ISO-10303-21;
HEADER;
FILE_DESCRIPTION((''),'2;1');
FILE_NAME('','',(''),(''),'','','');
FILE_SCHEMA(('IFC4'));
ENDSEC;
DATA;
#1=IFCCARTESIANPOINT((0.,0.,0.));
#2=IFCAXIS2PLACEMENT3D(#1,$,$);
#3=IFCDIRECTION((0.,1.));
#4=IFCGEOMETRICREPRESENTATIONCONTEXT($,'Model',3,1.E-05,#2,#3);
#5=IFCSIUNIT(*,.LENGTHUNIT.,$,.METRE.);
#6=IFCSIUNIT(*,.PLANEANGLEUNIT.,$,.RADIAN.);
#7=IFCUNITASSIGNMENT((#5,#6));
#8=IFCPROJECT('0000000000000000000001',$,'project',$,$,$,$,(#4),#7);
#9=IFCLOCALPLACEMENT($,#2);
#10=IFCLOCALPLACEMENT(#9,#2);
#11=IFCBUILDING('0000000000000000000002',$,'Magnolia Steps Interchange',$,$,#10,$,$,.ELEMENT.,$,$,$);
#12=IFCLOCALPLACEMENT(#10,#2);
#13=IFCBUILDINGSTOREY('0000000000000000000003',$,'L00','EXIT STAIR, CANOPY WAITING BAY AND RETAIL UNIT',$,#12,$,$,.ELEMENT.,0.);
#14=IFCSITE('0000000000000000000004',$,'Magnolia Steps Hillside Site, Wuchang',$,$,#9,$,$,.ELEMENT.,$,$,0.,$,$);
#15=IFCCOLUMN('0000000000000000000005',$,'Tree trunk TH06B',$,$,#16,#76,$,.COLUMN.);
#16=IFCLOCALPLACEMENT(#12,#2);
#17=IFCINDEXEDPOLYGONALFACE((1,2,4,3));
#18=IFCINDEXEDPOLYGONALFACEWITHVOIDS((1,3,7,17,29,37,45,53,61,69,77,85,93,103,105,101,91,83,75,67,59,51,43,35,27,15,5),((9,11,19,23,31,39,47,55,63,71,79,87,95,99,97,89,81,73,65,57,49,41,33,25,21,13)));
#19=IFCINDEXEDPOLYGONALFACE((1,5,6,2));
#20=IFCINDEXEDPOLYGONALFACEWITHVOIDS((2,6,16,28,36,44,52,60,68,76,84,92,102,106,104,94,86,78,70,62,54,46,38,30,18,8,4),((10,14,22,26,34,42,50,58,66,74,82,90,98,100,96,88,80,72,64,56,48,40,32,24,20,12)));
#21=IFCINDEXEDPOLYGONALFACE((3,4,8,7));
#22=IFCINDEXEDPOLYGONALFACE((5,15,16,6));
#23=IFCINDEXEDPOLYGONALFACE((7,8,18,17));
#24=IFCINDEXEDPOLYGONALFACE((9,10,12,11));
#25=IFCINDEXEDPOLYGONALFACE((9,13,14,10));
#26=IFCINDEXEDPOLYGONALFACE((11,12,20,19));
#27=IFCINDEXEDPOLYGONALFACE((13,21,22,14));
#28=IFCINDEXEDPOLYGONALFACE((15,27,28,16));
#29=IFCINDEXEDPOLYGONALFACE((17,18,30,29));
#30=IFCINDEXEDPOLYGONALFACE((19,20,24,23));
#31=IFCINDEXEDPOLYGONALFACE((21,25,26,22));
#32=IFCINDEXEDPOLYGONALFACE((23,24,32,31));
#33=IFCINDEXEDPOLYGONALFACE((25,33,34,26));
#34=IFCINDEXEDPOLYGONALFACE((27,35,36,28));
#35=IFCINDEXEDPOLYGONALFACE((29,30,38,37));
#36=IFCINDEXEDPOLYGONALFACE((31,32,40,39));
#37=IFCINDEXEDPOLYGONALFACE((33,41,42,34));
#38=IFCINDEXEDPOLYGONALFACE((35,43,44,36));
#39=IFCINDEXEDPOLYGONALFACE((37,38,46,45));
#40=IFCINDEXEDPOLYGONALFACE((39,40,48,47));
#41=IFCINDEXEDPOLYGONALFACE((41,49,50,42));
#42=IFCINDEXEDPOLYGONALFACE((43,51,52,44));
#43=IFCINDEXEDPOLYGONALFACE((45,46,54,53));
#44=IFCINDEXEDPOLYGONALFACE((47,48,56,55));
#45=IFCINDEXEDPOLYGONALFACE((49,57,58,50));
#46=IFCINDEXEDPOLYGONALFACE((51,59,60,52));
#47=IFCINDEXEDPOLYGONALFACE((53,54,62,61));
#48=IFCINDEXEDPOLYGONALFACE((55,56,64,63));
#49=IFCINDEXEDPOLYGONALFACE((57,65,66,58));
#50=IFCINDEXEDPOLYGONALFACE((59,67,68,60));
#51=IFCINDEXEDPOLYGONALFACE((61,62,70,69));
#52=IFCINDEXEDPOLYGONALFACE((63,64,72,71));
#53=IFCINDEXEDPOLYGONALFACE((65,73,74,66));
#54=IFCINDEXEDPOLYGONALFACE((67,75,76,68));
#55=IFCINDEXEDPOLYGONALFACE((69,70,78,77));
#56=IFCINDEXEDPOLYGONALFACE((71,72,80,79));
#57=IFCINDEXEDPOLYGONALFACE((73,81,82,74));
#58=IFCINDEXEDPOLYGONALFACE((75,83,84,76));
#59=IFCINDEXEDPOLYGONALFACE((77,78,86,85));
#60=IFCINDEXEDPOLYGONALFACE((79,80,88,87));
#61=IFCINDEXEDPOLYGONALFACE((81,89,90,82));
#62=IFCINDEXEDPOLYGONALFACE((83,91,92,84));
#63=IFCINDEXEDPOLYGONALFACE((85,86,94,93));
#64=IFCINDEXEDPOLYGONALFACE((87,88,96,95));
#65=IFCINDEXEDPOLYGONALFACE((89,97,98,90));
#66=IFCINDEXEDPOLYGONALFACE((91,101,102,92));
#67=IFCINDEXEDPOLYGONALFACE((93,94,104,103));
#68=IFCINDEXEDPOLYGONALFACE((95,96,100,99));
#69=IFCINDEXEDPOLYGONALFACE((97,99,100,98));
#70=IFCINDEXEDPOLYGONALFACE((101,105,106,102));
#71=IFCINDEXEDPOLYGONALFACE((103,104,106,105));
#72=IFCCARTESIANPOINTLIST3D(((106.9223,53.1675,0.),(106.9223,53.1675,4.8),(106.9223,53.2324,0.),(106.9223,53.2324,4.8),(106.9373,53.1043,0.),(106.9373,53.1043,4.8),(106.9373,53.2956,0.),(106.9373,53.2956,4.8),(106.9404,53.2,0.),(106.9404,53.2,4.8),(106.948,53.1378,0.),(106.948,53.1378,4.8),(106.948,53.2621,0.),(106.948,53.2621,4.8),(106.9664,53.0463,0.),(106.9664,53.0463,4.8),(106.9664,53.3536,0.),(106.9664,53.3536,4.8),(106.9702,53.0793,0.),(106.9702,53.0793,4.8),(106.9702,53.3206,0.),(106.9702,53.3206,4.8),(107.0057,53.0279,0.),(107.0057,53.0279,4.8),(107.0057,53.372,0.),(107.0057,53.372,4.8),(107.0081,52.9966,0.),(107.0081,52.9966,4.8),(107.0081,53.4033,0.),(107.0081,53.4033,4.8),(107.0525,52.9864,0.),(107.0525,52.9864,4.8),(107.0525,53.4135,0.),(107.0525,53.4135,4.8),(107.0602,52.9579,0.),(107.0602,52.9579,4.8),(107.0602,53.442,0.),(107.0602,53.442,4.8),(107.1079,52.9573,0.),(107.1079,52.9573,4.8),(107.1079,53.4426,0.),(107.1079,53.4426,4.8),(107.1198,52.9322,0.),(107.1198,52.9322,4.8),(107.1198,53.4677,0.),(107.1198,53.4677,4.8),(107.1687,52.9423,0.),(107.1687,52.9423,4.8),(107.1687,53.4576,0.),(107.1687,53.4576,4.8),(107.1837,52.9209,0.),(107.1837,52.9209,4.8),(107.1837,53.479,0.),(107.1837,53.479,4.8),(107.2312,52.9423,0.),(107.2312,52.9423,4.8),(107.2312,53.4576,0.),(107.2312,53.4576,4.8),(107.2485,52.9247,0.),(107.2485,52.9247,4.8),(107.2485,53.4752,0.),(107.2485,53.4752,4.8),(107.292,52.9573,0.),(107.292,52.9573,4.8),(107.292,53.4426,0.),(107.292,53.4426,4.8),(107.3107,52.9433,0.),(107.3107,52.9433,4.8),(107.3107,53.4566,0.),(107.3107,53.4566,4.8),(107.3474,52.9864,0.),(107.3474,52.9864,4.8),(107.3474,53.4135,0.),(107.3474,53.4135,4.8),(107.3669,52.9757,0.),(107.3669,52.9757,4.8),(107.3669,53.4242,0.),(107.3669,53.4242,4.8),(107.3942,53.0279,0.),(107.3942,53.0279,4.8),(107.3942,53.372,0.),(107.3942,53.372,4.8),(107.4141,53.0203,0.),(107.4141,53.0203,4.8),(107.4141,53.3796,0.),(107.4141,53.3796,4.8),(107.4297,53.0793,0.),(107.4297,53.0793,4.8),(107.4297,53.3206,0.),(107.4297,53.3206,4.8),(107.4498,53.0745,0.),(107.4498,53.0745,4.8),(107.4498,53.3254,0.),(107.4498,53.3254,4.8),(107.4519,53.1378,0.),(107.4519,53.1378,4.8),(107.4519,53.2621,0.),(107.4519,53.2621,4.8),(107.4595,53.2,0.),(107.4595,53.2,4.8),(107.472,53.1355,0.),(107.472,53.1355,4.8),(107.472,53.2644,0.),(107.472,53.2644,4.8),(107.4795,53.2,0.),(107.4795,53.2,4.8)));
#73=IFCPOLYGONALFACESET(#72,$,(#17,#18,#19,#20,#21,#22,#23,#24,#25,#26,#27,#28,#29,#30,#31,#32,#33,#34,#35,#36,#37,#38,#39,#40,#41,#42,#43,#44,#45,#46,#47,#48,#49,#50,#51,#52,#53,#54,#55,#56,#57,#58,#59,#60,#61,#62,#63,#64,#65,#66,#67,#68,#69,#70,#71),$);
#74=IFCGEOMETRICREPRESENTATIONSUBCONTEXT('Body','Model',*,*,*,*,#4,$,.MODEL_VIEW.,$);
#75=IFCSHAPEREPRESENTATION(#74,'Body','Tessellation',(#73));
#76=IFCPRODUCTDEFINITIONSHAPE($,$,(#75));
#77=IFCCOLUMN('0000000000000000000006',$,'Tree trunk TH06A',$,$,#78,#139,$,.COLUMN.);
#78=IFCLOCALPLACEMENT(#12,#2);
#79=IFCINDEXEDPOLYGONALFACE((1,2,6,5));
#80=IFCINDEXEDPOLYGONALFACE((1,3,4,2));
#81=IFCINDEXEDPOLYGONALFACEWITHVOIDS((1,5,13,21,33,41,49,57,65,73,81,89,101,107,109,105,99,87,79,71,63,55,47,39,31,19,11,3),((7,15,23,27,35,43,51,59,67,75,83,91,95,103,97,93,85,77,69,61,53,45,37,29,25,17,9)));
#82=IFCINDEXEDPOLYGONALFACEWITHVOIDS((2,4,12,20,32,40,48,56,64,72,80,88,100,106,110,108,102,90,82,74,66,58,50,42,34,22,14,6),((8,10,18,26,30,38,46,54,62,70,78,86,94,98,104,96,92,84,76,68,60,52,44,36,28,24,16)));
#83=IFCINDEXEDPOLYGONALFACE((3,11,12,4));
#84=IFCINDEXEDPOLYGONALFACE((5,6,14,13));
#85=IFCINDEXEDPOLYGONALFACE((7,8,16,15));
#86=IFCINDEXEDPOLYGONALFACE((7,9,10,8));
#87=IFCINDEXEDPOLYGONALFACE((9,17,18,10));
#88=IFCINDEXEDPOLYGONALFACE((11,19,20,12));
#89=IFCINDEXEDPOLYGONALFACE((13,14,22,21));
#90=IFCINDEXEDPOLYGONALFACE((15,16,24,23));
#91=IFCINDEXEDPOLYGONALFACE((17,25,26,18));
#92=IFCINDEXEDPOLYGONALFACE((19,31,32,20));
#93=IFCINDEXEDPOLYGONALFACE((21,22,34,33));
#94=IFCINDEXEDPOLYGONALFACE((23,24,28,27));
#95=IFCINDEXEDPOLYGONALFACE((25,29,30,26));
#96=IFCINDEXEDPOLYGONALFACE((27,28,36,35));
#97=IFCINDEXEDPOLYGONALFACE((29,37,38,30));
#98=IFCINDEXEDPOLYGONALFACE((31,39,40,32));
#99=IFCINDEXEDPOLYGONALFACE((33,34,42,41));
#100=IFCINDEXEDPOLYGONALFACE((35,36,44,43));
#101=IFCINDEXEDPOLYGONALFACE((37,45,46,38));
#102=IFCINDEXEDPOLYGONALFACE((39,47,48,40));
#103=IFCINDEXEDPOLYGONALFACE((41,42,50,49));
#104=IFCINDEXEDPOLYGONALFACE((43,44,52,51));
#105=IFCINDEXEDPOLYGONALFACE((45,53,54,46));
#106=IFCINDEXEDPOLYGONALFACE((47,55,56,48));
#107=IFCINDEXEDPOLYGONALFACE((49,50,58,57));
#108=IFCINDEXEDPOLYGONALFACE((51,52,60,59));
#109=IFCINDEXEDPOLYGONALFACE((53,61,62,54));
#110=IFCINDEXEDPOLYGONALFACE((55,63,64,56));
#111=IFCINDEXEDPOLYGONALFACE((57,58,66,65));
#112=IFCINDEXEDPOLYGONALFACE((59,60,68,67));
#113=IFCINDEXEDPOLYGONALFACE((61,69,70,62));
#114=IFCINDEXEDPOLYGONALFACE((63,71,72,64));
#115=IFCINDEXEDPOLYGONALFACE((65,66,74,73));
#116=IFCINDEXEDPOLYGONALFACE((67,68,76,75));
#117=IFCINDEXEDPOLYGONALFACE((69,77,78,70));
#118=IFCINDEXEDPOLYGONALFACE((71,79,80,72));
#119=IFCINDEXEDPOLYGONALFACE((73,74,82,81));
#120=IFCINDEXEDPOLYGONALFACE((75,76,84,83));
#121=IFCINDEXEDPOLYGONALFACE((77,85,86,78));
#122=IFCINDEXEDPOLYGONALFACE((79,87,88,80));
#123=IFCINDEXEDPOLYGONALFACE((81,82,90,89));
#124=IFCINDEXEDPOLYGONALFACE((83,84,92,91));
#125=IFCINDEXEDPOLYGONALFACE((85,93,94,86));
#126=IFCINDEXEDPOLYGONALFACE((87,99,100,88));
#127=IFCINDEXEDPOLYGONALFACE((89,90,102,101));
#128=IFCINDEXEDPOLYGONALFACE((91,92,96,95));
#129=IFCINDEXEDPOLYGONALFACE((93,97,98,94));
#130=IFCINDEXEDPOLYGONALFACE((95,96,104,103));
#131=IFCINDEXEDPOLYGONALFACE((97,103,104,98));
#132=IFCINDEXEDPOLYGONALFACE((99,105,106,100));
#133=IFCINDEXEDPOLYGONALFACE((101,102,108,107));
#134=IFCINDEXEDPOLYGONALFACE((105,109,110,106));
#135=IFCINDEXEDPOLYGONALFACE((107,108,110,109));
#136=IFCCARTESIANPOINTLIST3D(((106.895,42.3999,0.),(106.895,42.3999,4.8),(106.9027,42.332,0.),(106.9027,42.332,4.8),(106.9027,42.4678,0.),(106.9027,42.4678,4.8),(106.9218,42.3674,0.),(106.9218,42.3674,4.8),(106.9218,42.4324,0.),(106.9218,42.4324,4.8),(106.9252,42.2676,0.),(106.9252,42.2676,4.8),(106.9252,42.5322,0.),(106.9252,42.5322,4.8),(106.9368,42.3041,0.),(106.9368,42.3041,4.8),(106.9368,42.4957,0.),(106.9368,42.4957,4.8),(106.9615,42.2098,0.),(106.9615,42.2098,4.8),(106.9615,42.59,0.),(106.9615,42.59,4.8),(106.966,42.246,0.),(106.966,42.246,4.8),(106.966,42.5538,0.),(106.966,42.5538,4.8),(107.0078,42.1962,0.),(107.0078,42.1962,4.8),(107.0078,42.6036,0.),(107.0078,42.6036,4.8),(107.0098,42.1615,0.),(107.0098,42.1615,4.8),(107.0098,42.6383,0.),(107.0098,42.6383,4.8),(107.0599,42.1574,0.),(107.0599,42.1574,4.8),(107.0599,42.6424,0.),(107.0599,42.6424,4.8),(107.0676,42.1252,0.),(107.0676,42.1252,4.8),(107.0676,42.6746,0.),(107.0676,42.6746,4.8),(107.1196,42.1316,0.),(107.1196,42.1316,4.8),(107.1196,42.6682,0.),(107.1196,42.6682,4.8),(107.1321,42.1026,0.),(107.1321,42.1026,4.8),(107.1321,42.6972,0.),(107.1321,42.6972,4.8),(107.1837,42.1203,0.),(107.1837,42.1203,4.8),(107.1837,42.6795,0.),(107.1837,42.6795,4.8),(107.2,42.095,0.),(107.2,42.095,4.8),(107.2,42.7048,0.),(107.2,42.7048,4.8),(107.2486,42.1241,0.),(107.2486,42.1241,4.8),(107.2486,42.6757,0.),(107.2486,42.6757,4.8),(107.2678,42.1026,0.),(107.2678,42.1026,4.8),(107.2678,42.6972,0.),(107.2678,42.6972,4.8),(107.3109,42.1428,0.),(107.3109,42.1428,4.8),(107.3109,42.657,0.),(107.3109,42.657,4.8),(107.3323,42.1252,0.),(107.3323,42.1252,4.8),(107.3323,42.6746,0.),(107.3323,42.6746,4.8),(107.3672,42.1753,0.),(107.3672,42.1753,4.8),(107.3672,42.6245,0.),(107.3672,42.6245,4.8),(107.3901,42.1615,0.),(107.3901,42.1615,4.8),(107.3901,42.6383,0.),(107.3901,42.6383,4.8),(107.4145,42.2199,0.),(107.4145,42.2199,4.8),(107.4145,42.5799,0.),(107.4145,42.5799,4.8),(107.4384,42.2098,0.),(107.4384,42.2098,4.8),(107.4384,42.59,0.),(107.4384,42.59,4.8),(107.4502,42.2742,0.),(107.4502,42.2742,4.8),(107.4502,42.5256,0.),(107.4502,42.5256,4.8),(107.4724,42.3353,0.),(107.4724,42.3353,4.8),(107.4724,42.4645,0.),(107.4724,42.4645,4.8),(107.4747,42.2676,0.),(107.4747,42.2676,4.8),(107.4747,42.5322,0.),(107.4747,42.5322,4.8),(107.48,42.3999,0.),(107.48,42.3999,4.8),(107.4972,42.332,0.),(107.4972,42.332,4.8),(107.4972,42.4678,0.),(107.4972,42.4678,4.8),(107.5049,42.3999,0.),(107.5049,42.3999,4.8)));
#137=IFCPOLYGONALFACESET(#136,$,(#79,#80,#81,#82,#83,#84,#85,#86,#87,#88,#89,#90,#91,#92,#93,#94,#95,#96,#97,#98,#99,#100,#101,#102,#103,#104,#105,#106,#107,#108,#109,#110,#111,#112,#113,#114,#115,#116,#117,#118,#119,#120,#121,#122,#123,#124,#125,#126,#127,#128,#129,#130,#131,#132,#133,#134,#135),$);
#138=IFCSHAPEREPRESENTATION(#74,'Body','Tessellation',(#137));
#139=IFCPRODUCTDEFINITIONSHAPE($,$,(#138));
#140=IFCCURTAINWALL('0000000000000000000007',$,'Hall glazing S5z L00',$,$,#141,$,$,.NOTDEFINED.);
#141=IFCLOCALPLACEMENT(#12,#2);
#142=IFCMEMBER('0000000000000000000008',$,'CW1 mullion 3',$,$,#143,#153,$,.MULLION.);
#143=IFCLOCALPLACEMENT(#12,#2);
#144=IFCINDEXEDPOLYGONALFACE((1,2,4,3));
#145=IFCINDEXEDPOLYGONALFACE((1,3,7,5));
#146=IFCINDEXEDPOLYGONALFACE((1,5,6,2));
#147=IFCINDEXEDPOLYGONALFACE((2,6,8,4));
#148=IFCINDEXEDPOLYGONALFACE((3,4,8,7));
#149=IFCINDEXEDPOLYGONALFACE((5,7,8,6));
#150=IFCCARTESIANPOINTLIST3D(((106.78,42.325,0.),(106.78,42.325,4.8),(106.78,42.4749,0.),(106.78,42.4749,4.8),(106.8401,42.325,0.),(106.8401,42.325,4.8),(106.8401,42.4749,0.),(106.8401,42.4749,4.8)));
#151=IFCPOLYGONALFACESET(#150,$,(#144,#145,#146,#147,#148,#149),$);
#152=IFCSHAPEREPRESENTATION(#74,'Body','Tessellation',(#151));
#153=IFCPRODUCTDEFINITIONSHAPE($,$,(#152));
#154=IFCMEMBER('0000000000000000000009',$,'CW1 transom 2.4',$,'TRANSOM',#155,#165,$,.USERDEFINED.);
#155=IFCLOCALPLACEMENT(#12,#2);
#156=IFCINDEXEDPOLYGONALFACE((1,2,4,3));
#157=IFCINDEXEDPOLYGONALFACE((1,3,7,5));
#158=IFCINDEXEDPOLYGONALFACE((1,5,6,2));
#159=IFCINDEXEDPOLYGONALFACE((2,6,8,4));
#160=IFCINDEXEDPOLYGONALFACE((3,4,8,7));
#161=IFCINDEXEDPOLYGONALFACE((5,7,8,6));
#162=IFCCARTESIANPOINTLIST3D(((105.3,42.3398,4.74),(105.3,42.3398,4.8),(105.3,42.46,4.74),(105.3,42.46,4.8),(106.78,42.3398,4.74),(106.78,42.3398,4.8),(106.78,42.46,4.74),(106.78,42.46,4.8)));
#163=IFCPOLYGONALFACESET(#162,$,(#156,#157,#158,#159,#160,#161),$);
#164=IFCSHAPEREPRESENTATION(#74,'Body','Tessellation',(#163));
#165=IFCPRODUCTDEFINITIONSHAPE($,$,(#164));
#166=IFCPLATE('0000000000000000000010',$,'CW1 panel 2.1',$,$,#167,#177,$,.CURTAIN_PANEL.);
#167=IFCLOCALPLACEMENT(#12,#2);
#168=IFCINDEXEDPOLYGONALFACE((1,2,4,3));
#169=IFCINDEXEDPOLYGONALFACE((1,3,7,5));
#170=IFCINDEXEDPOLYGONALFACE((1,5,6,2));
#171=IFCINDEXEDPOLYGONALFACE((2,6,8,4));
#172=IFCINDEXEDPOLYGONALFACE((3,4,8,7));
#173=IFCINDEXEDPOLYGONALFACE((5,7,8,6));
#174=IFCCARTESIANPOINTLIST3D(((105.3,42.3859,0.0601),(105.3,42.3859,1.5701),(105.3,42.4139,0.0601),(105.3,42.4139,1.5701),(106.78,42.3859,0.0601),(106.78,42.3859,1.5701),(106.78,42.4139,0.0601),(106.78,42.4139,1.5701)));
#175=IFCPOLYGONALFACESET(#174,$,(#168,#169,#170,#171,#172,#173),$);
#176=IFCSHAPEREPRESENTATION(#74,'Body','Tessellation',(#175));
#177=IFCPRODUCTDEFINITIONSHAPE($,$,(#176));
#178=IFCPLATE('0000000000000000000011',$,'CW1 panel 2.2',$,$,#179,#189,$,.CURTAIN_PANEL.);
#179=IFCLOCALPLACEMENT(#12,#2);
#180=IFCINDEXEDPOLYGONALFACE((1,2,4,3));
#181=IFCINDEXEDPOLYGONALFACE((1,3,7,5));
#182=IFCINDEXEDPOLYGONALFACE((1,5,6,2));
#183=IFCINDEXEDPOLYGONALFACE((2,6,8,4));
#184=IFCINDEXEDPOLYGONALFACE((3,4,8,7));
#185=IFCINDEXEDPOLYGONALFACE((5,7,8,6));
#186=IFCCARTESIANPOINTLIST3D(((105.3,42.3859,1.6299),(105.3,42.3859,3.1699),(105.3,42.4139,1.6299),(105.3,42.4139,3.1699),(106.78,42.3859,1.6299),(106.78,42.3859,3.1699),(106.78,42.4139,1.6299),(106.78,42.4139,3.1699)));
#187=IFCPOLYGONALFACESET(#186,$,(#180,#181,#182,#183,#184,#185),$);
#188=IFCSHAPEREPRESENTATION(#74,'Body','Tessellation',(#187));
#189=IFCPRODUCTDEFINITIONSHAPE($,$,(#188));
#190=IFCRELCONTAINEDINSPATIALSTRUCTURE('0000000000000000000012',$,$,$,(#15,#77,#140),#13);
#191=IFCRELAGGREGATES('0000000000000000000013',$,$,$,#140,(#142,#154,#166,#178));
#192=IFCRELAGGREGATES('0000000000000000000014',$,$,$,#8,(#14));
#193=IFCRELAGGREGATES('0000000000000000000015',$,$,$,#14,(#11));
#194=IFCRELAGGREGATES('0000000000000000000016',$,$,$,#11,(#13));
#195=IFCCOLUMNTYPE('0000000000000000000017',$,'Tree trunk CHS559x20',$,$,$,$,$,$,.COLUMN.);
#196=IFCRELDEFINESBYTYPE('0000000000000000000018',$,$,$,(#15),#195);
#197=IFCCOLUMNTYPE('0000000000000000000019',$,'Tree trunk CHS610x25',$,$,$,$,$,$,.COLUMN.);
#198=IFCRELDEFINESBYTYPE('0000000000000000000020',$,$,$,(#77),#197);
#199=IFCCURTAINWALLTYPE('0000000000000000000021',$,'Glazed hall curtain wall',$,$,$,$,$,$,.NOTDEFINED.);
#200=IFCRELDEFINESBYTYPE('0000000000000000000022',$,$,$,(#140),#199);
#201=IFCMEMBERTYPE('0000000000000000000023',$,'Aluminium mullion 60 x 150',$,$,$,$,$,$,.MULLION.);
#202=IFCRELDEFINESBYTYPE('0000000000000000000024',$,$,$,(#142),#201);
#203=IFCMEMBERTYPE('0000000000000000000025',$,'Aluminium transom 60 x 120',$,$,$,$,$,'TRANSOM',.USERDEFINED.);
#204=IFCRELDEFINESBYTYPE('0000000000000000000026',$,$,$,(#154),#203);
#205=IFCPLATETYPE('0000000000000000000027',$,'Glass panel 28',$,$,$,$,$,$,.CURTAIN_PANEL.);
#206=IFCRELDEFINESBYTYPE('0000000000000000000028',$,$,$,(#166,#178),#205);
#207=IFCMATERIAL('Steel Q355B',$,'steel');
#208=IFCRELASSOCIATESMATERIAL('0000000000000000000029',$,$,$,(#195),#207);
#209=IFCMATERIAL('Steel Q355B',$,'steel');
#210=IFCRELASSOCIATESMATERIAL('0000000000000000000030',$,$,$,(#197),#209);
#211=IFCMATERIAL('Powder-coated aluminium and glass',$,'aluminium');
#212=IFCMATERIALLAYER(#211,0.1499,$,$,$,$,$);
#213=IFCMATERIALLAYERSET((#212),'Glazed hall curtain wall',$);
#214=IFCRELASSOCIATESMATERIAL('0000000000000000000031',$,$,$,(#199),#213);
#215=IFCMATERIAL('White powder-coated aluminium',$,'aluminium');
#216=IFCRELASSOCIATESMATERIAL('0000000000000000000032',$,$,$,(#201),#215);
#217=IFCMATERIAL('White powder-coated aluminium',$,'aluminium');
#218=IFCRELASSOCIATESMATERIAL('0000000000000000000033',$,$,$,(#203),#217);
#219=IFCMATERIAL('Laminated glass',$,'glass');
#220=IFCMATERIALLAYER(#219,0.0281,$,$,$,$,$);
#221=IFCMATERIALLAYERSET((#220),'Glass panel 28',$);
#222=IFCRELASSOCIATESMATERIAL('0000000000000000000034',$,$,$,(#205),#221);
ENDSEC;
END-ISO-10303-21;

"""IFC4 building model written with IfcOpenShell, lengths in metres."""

from ifc_helpers import new_model, si_unit, direction, frame, origin, origin_2d, place, context, subcontext, project, spatial, rectangle, hollow_circle, extrude, material, layer, layer_set, material_profile, profile_set, type_object, element, aggregate, save


model = new_model("IFC4")

# Units and contexts
model_context = context("Model", 3, precision=1e-05, world=origin(), true_north=direction((0.0, 1.0)))
body_context = subcontext(model_context, "Body", "Model", "MODEL_VIEW")
ifc_project = project(units=[si_unit("LENGTHUNIT", "METRE"), si_unit("PLANEANGLEUNIT", "RADIAN")], contexts=[model_context])

# Site, building, storey
site_placement = place(None, origin())
site = spatial("IfcSite", under=ifc_project, at=site_placement, Name="Magnolia Steps Hillside Site, Wuchang", CompositionType="ELEMENT", RefElevation=0.0)
building_placement = place(site_placement, origin())
building = spatial("IfcBuilding", under=site, at=building_placement, Name="Magnolia Steps Interchange", CompositionType="ELEMENT")
storey_placement = place(building_placement, origin())
storey = spatial("IfcBuildingStorey", under=building, at=storey_placement, Name="L00", Description="EXIT STAIR, CANOPY WAITING BAY AND RETAIL UNIT", CompositionType="ELEMENT", Elevation=0.0)

# Columns
ifc_material_1 = material(Name="Steel Q355B", Category="steel")
ifc_material_profile_1 = material_profile(ifc_material_1, hollow_circle(Radius=0.2795, WallThickness=0.02, at=origin_2d()), Name="CHS559x20")
ifc_profile_set_1 = profile_set([ifc_material_profile_1], Name="Steel Q355B")
column_type_1 = type_object("IfcColumnType", Name="Tree trunk CHS559x20", PredefinedType="COLUMN", material=ifc_profile_set_1)
column_1_placement = place(storey_placement, frame((107.2, 53.2, 0.0), z_axis=(0.0, 0.0, 1.0), x_axis=(1.0, 0.0, 0.0)))
element("IfcColumn", 1, at=column_1_placement, inside=storey, type_object=column_type_1, Name="Tree trunk TH06B", PredefinedType="COLUMN", context=body_context, shape_type="SweptSolid", body=[
    extrude(hollow_circle(Radius=0.2795, WallThickness=0.02, at=origin_2d()), origin(), (0.0, 0.0, 1.0), 4.8),
])
ifc_material_2 = material(Name="Steel Q355B", Category="steel")
ifc_material_profile_2 = material_profile(ifc_material_2, hollow_circle(Radius=0.3049, WallThickness=0.0249, at=origin_2d()), Name="CHS610x25")
ifc_profile_set_2 = profile_set([ifc_material_profile_2], Name="Steel Q355B")
column_type_2 = type_object("IfcColumnType", Name="Tree trunk CHS610x25", PredefinedType="COLUMN", material=ifc_profile_set_2)
column_2_placement = place(storey_placement, frame((107.2, 42.3999, 0.0), z_axis=(0.0, 0.0, 1.0), x_axis=(1.0, 0.0, 0.0)))
element("IfcColumn", 2, at=column_2_placement, inside=storey, type_object=column_type_2, Name="Tree trunk TH06A", PredefinedType="COLUMN", context=body_context, shape_type="SweptSolid", body=[
    extrude(hollow_circle(Radius=0.3049, WallThickness=0.0249, at=origin_2d()), origin(), (0.0, 0.0, 1.0), 4.8),
])

# Curtain wall, members, plates
ifc_material_3 = material(Name="Powder-coated aluminium and glass", Category="aluminium")
ifc_layer_1 = layer(ifc_material_3, 0.1499)
ifc_layer_set_1 = layer_set([ifc_layer_1], Name="Glazed hall curtain wall")
curtain_wall_type = type_object("IfcCurtainWallType", Name="Glazed hall curtain wall", PredefinedType="NOTDEFINED", material=ifc_layer_set_1)
curtain_wall_placement = place(storey_placement, origin())
curtain_wall = element("IfcCurtainWall", 3, at=curtain_wall_placement, inside=storey, type_object=curtain_wall_type, Name="Hall glazing S5z L00", PredefinedType="NOTDEFINED")
ifc_material_4 = material(Name="White powder-coated aluminium", Category="aluminium")
ifc_material_profile_3 = material_profile(ifc_material_4, rectangle(XDim=0.0601, YDim=0.1499, at=origin_2d()), Name="Aluminium mullion 60 x 150")
ifc_profile_set_3 = profile_set([ifc_material_profile_3], Name="White powder-coated aluminium")
member_type_1 = type_object("IfcMemberType", Name="Aluminium mullion 60 x 150", PredefinedType="MULLION", material=ifc_profile_set_3)
member_1_placement = place(storey_placement, frame((106.8101, 42.3999, 0.0), z_axis=(0.0, 0.0, 1.0), x_axis=(1.0, 0.0, 0.0)))
member_1 = element("IfcMember", 4, at=member_1_placement, type_object=member_type_1, Name="CW1 mullion 3", PredefinedType="MULLION", context=body_context, shape_type="SweptSolid", body=[
    extrude(rectangle(XDim=0.0601, YDim=0.1499, at=origin_2d()), origin(), (0.0, 0.0, 1.0), 4.8),
])
ifc_material_5 = material(Name="White powder-coated aluminium", Category="aluminium")
ifc_material_profile_4 = material_profile(ifc_material_5, rectangle(XDim=0.0601, YDim=0.1201, at=origin_2d()), Name="Aluminium transom 60 x 120")
ifc_profile_set_4 = profile_set([ifc_material_profile_4], Name="White powder-coated aluminium")
member_type_2 = type_object("IfcMemberType", Name="Aluminium transom 60 x 120", ElementType="TRANSOM", PredefinedType="USERDEFINED", material=ifc_profile_set_4)
member_2_placement = place(storey_placement, frame((105.3, 42.3999, 4.77), z_axis=(1.0, 0.0, 0.0), x_axis=(0.0, 0.0, 1.0)))
member_2 = element("IfcMember", 5, at=member_2_placement, type_object=member_type_2, Name="CW1 transom 2.4", ObjectType="TRANSOM", PredefinedType="USERDEFINED", context=body_context, shape_type="SweptSolid", body=[
    extrude(rectangle(XDim=0.0601, YDim=0.1201, at=origin_2d()), origin(), (0.0, 0.0, 1.0), 1.48),
])
ifc_material_6 = material(Name="Laminated glass", Category="glass")
ifc_layer_2 = layer(ifc_material_6, 0.0281)
ifc_layer_set_2 = layer_set([ifc_layer_2], Name="Glass panel 28")
plate_type = type_object("IfcPlateType", Name="Glass panel 28", PredefinedType="CURTAIN_PANEL", material=ifc_layer_set_2)
plate_1_placement = place(storey_placement, frame((106.04, 42.3999, 0.0601), z_axis=(0.0, 0.0, 1.0), x_axis=(1.0, 0.0, 0.0)))
plate_1 = element("IfcPlate", 6, at=plate_1_placement, type_object=plate_type, Name="CW1 panel 2.1", PredefinedType="CURTAIN_PANEL", context=body_context, shape_type="SweptSolid", body=[
    extrude(rectangle(XDim=1.48, YDim=0.0281, at=origin_2d()), origin(), (0.0, 0.0, 1.0), 1.51),
])
plate_2_placement = place(storey_placement, frame((106.04, 42.3999, 1.6299), z_axis=(0.0, 0.0, 1.0), x_axis=(1.0, 0.0, 0.0)))
plate_2 = element("IfcPlate", 7, at=plate_2_placement, type_object=plate_type, Name="CW1 panel 2.2", PredefinedType="CURTAIN_PANEL", context=body_context, shape_type="SweptSolid", body=[
    extrude(rectangle(XDim=1.48, YDim=0.0281, at=origin_2d()), origin(), (0.0, 0.0, 1.0), 1.54),
])
aggregate(curtain_wall, [member_1, member_2, plate_1, plate_2])

save(model, "model.ifc")
